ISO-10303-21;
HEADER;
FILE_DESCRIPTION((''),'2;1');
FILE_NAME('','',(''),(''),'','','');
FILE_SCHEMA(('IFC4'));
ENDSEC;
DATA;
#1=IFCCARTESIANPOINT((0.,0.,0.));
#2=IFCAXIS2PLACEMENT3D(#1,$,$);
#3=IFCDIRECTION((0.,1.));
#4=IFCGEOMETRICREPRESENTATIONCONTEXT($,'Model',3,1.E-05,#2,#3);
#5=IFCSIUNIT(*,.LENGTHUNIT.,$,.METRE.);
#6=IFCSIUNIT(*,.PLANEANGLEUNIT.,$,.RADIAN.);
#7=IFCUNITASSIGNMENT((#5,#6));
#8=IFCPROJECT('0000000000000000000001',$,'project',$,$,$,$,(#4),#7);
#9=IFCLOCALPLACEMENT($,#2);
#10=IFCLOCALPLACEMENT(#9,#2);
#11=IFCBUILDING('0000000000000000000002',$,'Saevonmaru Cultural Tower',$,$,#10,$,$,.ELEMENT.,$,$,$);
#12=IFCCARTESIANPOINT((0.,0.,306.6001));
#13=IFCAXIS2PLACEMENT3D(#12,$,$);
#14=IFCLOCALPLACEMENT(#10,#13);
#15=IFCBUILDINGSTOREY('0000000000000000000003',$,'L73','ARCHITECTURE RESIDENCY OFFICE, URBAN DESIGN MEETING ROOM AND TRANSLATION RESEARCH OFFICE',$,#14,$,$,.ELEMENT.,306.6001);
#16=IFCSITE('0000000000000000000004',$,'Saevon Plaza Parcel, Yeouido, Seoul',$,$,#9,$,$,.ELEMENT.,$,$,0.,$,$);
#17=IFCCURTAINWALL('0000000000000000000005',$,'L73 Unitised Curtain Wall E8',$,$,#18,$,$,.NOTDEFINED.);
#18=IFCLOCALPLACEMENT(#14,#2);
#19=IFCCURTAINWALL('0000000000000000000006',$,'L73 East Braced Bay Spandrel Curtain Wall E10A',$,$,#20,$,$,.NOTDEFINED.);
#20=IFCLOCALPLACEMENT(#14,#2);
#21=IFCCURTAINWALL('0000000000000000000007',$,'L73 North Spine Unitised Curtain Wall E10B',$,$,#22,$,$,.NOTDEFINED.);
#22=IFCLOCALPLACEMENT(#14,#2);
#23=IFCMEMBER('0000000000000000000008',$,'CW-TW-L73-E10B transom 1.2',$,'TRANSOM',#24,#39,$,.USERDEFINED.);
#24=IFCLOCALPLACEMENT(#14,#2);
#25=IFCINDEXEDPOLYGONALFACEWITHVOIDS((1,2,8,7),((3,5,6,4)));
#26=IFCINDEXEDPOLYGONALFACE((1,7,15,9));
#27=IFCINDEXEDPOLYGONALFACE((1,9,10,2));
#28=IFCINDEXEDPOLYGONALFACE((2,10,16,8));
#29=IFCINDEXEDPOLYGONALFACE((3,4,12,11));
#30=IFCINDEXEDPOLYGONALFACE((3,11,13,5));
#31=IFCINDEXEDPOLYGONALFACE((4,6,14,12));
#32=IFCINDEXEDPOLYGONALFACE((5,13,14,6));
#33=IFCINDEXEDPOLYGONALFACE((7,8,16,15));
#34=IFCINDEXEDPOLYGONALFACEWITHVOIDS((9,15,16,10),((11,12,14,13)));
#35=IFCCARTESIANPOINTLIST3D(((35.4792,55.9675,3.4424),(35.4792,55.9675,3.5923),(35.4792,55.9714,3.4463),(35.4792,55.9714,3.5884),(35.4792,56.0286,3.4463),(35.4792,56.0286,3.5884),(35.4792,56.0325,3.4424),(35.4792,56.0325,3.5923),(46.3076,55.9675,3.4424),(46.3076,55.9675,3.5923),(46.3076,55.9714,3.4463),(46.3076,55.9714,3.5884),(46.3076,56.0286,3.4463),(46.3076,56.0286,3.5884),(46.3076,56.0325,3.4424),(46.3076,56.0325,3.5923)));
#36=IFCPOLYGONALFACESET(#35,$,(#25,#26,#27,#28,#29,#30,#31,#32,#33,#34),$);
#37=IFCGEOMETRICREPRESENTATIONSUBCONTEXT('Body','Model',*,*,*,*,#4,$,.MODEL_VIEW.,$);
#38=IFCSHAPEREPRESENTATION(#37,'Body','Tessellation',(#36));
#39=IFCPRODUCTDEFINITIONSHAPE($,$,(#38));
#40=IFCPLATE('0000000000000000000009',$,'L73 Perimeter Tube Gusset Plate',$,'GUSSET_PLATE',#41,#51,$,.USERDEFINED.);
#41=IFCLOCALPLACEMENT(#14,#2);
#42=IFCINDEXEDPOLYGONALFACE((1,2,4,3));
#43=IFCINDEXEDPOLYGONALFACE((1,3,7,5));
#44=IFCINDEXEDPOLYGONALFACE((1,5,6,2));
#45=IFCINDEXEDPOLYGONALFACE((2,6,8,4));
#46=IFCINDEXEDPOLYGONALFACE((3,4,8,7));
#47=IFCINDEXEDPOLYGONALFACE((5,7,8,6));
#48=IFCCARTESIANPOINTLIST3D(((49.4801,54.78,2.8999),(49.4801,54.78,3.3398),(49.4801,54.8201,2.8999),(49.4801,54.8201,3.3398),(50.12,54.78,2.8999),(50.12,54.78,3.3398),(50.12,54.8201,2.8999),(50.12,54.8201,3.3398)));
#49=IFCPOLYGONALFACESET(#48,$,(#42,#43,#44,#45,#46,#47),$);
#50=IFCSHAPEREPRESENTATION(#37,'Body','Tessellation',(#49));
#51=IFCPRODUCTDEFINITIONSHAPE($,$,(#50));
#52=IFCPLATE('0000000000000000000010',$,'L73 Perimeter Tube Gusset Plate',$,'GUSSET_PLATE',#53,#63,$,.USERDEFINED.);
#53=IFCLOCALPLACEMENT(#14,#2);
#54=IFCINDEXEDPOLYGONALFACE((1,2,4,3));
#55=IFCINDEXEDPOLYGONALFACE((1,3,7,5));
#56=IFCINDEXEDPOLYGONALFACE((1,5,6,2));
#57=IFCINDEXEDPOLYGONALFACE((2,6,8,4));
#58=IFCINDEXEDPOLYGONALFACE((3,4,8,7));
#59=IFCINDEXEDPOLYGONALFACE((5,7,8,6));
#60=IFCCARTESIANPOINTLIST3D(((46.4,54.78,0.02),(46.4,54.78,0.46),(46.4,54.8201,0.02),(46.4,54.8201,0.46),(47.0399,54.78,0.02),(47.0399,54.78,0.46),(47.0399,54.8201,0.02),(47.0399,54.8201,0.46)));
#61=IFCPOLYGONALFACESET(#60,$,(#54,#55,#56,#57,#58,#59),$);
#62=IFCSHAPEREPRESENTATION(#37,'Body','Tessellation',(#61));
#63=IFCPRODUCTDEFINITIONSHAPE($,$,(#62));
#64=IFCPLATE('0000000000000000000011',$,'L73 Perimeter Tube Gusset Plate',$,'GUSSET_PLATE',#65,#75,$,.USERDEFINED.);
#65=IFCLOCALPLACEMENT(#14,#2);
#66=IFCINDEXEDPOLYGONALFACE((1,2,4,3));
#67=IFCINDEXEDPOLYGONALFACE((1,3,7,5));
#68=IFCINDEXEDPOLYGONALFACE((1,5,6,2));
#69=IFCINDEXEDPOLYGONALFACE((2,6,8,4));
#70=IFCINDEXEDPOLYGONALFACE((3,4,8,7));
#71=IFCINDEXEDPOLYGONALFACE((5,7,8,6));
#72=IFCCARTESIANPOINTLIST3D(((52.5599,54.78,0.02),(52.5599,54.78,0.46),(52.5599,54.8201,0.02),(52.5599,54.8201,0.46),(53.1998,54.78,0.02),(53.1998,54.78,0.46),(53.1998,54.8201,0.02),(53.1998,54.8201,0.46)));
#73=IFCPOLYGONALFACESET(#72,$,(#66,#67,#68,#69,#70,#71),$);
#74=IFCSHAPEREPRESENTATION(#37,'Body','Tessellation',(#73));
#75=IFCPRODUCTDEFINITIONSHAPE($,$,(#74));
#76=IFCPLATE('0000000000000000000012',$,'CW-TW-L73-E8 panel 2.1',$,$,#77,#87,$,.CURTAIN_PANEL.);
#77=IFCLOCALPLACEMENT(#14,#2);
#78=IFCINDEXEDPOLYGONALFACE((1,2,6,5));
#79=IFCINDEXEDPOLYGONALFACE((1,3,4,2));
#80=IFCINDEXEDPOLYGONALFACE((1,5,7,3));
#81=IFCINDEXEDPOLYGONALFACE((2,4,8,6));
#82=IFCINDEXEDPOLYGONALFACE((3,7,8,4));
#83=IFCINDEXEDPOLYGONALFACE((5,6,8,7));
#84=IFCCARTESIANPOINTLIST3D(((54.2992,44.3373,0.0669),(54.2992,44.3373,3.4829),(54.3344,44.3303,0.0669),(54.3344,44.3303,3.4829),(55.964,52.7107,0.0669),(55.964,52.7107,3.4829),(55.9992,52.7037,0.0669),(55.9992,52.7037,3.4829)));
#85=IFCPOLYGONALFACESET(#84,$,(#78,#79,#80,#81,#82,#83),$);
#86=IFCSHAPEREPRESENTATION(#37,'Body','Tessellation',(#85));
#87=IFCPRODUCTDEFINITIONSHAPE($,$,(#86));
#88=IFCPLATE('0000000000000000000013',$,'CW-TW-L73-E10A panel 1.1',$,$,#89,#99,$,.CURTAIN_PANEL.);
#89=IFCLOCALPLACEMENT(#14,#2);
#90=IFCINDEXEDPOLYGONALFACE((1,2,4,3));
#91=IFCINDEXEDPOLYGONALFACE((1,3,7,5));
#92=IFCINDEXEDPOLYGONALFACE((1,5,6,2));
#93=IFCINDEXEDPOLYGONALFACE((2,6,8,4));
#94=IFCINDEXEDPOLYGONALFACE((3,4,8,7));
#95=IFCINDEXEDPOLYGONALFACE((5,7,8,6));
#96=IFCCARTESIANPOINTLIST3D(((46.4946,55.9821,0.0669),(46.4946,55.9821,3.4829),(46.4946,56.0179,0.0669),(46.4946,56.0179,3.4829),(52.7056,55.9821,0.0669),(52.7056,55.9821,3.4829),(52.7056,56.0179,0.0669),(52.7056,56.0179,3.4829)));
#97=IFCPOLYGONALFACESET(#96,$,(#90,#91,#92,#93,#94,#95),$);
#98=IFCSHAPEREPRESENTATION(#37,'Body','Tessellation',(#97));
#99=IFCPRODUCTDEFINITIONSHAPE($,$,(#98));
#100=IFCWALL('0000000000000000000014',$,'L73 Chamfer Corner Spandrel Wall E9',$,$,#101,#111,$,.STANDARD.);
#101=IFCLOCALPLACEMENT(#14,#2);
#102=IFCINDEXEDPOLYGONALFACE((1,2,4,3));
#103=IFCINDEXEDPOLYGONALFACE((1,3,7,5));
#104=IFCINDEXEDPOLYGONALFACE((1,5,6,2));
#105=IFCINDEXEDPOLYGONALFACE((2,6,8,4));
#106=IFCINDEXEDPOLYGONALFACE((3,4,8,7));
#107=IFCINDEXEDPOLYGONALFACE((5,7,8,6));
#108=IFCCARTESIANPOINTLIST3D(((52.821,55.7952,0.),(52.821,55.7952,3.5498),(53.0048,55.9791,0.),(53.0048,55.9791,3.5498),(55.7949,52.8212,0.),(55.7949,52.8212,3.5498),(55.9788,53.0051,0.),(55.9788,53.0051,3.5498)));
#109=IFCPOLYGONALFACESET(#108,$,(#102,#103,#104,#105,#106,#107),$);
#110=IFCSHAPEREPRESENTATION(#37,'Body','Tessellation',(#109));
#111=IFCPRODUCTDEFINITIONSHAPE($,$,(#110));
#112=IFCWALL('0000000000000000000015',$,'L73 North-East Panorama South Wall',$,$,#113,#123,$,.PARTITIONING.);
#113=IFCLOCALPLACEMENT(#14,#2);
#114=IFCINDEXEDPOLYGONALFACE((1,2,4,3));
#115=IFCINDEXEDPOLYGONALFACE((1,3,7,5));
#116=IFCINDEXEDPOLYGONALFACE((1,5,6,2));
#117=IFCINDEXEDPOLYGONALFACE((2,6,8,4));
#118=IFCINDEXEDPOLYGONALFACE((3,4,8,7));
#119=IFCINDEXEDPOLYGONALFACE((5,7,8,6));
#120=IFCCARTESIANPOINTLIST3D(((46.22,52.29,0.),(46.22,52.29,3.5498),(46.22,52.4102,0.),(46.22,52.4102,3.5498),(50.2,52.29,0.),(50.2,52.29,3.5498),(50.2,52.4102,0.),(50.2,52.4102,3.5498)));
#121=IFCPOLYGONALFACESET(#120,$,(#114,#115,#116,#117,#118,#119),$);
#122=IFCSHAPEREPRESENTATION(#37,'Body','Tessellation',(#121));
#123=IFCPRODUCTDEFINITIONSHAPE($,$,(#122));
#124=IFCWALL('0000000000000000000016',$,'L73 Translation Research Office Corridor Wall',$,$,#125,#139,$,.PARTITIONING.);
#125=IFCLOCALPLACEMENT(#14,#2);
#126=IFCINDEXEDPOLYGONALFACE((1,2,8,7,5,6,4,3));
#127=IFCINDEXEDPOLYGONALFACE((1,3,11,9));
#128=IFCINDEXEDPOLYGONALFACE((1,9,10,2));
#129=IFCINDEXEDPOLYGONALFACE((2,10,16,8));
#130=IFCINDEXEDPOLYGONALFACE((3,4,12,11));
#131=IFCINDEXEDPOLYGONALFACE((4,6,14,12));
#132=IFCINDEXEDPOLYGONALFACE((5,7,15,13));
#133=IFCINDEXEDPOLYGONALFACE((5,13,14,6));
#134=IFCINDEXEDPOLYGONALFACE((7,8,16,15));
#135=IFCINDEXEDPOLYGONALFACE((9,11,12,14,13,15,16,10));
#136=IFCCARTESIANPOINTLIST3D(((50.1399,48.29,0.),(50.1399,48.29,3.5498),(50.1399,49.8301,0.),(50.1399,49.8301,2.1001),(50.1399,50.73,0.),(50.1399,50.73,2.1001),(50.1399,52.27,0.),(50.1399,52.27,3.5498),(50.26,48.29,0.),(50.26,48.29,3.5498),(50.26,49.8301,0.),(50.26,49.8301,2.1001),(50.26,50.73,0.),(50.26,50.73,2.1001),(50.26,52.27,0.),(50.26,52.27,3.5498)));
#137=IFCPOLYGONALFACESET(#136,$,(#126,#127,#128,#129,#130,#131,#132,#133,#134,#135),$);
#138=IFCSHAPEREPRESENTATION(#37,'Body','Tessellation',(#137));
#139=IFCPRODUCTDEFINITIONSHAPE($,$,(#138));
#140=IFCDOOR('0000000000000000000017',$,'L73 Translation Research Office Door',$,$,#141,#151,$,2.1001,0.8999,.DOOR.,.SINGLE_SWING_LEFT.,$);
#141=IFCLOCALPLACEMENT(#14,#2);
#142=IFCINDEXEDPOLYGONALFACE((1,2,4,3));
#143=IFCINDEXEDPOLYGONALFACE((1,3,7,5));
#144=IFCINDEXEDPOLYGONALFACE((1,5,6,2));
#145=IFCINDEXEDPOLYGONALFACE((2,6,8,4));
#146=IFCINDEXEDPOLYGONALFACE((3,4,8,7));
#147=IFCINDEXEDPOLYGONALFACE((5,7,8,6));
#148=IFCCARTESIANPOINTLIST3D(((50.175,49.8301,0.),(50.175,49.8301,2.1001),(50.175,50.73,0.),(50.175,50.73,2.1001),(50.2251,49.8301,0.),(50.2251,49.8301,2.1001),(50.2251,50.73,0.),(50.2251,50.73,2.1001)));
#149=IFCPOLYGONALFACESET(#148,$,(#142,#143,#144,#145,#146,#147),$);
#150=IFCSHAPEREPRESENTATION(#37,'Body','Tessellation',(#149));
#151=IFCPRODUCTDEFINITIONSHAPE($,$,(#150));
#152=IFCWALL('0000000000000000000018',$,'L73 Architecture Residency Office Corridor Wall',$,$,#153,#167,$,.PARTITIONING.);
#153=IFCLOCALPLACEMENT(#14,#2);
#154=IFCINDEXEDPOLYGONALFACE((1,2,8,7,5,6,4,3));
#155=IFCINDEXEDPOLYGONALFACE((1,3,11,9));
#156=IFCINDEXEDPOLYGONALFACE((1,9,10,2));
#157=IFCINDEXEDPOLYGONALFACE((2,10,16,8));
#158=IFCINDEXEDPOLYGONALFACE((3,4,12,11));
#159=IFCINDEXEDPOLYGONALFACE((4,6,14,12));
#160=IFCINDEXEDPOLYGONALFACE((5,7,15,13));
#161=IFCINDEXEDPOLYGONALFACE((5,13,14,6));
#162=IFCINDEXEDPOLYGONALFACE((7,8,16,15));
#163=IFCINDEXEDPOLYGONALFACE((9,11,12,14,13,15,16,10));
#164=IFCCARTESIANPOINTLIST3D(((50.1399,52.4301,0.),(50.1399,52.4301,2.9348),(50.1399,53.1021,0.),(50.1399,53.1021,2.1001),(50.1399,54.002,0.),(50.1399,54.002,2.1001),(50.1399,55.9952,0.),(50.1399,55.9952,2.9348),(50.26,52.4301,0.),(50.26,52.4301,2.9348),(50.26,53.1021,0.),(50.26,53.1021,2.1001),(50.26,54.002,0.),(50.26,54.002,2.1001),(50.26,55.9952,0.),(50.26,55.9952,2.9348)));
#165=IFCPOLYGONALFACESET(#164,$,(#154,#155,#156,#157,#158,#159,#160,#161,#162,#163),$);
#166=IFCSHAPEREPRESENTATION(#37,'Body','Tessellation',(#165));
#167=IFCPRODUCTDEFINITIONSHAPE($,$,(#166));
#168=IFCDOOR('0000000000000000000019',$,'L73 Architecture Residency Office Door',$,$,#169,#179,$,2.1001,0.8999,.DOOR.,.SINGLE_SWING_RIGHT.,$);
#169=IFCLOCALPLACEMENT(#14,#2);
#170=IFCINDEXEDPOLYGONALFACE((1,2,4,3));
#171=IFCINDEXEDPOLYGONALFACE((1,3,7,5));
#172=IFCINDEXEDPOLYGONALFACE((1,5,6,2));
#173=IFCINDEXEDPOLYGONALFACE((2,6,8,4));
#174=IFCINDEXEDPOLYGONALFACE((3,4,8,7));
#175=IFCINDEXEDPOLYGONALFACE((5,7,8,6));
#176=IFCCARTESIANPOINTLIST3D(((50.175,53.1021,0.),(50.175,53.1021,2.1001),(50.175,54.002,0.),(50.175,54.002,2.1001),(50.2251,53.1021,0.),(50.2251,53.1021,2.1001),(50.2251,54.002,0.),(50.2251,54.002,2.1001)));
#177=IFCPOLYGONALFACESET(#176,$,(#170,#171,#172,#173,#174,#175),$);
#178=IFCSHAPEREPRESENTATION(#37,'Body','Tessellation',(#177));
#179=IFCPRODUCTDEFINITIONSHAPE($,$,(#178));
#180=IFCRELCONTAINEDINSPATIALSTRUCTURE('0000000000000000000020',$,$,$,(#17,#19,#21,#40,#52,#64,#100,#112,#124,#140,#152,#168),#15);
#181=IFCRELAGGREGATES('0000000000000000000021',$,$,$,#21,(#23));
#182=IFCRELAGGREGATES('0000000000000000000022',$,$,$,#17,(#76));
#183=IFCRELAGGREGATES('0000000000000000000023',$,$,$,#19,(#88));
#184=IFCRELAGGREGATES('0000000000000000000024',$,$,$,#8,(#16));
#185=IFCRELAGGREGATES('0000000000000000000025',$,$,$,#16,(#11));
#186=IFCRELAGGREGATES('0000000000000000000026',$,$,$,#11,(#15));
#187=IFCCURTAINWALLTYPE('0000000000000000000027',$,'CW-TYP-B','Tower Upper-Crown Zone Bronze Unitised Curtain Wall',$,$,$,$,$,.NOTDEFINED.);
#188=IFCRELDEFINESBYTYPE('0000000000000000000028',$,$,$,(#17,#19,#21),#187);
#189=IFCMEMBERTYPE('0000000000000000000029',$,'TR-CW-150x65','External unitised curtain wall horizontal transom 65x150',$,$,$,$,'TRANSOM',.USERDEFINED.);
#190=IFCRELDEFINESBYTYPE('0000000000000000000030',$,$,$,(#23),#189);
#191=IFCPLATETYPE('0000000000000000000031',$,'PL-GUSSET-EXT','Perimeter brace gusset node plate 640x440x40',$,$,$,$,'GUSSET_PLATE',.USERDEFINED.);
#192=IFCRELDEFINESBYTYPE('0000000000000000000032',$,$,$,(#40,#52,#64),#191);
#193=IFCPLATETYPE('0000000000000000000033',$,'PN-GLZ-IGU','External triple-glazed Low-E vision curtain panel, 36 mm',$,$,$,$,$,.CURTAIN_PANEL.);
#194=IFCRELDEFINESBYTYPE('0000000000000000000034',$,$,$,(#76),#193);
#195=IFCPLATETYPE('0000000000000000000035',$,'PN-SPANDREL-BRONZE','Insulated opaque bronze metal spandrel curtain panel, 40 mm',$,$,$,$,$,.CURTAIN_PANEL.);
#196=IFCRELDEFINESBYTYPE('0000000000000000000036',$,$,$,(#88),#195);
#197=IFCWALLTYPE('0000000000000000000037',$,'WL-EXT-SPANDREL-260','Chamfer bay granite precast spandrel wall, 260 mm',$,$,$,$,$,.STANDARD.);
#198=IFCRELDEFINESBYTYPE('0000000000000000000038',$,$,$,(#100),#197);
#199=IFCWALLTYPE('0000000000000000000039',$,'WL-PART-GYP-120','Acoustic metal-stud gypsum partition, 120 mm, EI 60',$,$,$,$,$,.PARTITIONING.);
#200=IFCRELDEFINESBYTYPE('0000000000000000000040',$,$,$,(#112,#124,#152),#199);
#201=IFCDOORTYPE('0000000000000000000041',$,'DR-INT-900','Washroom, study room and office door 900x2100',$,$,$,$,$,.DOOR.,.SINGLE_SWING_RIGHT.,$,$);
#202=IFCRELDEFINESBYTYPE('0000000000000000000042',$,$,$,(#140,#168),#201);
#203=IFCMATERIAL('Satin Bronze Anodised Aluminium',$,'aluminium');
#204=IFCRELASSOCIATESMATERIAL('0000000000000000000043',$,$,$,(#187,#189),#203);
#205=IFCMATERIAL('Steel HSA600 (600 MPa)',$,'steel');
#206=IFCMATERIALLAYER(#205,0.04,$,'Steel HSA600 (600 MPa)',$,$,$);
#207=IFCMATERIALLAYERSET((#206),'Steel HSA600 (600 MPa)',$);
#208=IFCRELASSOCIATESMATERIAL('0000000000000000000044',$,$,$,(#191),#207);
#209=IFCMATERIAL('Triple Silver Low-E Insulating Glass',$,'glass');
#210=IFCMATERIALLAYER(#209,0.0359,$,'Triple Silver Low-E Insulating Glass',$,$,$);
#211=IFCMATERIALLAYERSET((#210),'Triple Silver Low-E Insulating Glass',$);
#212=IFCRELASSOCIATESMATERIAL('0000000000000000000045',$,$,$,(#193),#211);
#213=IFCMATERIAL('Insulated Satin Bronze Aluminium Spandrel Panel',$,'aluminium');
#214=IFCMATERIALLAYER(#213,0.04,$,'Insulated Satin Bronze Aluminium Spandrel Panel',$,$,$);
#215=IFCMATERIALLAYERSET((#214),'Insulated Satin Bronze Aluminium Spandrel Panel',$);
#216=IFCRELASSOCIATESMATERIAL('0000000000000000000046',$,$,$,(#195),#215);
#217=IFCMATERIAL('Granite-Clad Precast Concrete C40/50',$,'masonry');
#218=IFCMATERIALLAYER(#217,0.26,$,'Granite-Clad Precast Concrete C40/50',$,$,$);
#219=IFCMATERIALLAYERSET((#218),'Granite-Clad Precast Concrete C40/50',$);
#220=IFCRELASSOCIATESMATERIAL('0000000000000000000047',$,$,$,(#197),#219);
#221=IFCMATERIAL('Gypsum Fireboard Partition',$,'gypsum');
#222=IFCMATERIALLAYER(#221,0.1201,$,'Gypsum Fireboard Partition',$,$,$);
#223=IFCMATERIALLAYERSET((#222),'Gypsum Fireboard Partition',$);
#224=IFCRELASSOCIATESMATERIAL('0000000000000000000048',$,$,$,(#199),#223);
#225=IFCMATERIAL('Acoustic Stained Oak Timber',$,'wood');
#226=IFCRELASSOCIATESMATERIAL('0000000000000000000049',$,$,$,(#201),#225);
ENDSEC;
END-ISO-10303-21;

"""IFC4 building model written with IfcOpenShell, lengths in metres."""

from ifc_helpers import new_model, si_unit, direction, frame, frame_2d, origin, origin_2d, place, context, subcontext, project, spatial, rectangle, hollow_rectangle, extrude, material, layer, layer_set, material_profile, profile_set, type_object, element, fill, aggregate, save


model = new_model("IFC4")

# Units and contexts
model_context = context("Model", 3, precision=1e-05, world=origin(), true_north=direction((0.0, 1.0)))
body_context = subcontext(model_context, "Body", "Model", "MODEL_VIEW")
ifc_project = project(units=[si_unit("LENGTHUNIT", "METRE"), si_unit("PLANEANGLEUNIT", "RADIAN")], contexts=[model_context])

# Site, building, storey
site_placement = place(None, origin())
site = spatial("IfcSite", under=ifc_project, at=site_placement, Name="Saevon Plaza Parcel, Yeouido, Seoul", CompositionType="ELEMENT", RefElevation=0.0)
building_placement = place(site_placement, origin())
building = spatial("IfcBuilding", under=site, at=building_placement, Name="Saevonmaru Cultural Tower", CompositionType="ELEMENT")
storey_placement = place(building_placement, frame((0.0, 0.0, 306.6001)))
storey = spatial("IfcBuildingStorey", under=building, at=storey_placement, Name="L73", Description="ARCHITECTURE RESIDENCY OFFICE, URBAN DESIGN MEETING ROOM AND TRANSLATION RESEARCH OFFICE", CompositionType="ELEMENT", Elevation=306.6001)

# Curtain wall
ifc_material_1 = material(Name="Satin Bronze Anodised Aluminium", Category="aluminium")
curtain_wall_type = type_object("IfcCurtainWallType", Name="CW-TYP-B", Description="Tower Upper-Crown Zone Bronze Unitised Curtain Wall", PredefinedType="NOTDEFINED", material=ifc_material_1)
curtain_wall_1_placement = place(storey_placement, origin())
curtain_wall_1 = element("IfcCurtainWall", 1, at=curtain_wall_1_placement, inside=storey, type_object=curtain_wall_type, Name="L73 Unitised Curtain Wall E8", PredefinedType="NOTDEFINED")

# Curtain wall
curtain_wall_2_placement = place(storey_placement, origin())
curtain_wall_2 = element("IfcCurtainWall", 2, at=curtain_wall_2_placement, inside=storey, type_object=curtain_wall_type, Name="L73 East Braced Bay Spandrel Curtain Wall E10A", PredefinedType="NOTDEFINED")

# Curtain wall
curtain_wall_3_placement = place(storey_placement, origin())
curtain_wall_3 = element("IfcCurtainWall", 3, at=curtain_wall_3_placement, inside=storey, type_object=curtain_wall_type, Name="L73 North Spine Unitised Curtain Wall E10B", PredefinedType="NOTDEFINED")

# Member
ifc_material_profile_1 = material_profile(ifc_material_1, hollow_rectangle(XDim=0.0649, YDim=0.1499, WallThickness=0.0039, at=origin_2d()), Name="ALU-TRAN-150x65x4")
ifc_profile_set_1 = profile_set([ifc_material_profile_1], Name="Satin Bronze Anodised Aluminium")
member_type_1 = type_object("IfcMemberType", Name="TR-CW-150x65", Description="External unitised curtain wall horizontal transom 65x150", ElementType="TRANSOM", PredefinedType="USERDEFINED", material=ifc_profile_set_1)
member_1_placement = place(storey_placement, frame((46.3076, 56.0, 3.5173), z_axis=(-1.0, 0.0, 0.0), x_axis=(0.0, -1.0, 0.0)))
member_1 = element("IfcMember", 4, at=member_1_placement, type_object=member_type_1, Name="CW-TW-L73-E10B transom 1.2", ObjectType="TRANSOM", PredefinedType="USERDEFINED", context=body_context, shape_type="SweptSolid", body=[
    extrude(hollow_rectangle(XDim=0.0649, YDim=0.1499, WallThickness=0.0039, at=origin_2d()), origin(), (0.0, 0.0, 1.0), 10.8284),
])
aggregate(curtain_wall_3, [member_1])

# Plates
ifc_material_2 = material(Name="Steel HSA600 (600 MPa)", Category="steel")
ifc_layer_1 = layer(ifc_material_2, 0.04, Name="Steel HSA600 (600 MPa)")
ifc_layer_set_1 = layer_set([ifc_layer_1], Name="Steel HSA600 (600 MPa)")
plate_type_1 = type_object("IfcPlateType", Name="PL-GUSSET-EXT", Description="Perimeter brace gusset node plate 640x440x40", ElementType="GUSSET_PLATE", PredefinedType="USERDEFINED", material=ifc_layer_set_1)
for number, where, z_axis, x_axis, name in (
    (5, (49.8, 54.8, 2.8999), (0.0, 0.0, 1.0), (1.0, 0.0, 0.0), "L73 Perimeter Tube Gusset Plate"),
    (6, (46.72, 54.8, 0.02), (0.0, 0.0, 1.0), (1.0, 0.0, 0.0), "L73 Perimeter Tube Gusset Plate"),
    (7, (52.8799, 54.8, 0.02), (0.0, 0.0, 1.0), (1.0, 0.0, 0.0), "L73 Perimeter Tube Gusset Plate"),
):
    element("IfcPlate", number, at=place(storey_placement, frame(where, z_axis=z_axis, x_axis=x_axis)), inside=storey, type_object=plate_type_1, Name=name, ObjectType="GUSSET_PLATE", PredefinedType="USERDEFINED", context=body_context, shape_type="SweptSolid", body=[
        extrude(rectangle(XDim=0.6399, YDim=0.04, at=origin_2d()), origin(), (0.0, 0.0, 1.0), 0.4399),
    ])

# Plates
ifc_material_3 = material(Name="Triple Silver Low-E Insulating Glass", Category="glass")
ifc_layer_2 = layer(ifc_material_3, 0.0359, Name="Triple Silver Low-E Insulating Glass")
ifc_layer_set_2 = layer_set([ifc_layer_2], Name="Triple Silver Low-E Insulating Glass")
plate_type_2 = type_object("IfcPlateType", Name="PN-GLZ-IGU", Description="External triple-glazed Low-E vision curtain panel, 36 mm", PredefinedType="CURTAIN_PANEL", material=ifc_layer_set_2)
plate_1_placement = place(storey_placement, frame((55.1492, 48.5205, 0.0669), z_axis=(0.0, 0.0, 1.0), x_axis=(0.195005, 0.980802, 0.0)))
plate_1 = element("IfcPlate", 8, at=plate_1_placement, type_object=plate_type_2, Name="CW-TW-L73-E8 panel 2.1", PredefinedType="CURTAIN_PANEL", context=body_context, shape_type="SweptSolid", body=[
    extrude(rectangle(XDim=8.5374, YDim=0.0359, at=origin_2d()), origin(), (0.0, 0.0, 1.0), 3.416),
])
aggregate(curtain_wall_1, [plate_1])
ifc_material_4 = material(Name="Insulated Satin Bronze Aluminium Spandrel Panel", Category="aluminium")
ifc_layer_3 = layer(ifc_material_4, 0.04, Name="Insulated Satin Bronze Aluminium Spandrel Panel")
ifc_layer_set_3 = layer_set([ifc_layer_3], Name="Insulated Satin Bronze Aluminium Spandrel Panel")
plate_type_3 = type_object("IfcPlateType", Name="PN-SPANDREL-BRONZE", Description="Insulated opaque bronze metal spandrel curtain panel, 40 mm", PredefinedType="CURTAIN_PANEL", material=ifc_layer_set_3)
plate_2_placement = place(storey_placement, frame((49.6001, 56.0, 0.0669), z_axis=(0.0, 0.0, 1.0), x_axis=(-1.0, 0.0, 0.0)))
plate_2 = element("IfcPlate", 9, at=plate_2_placement, type_object=plate_type_3, Name="CW-TW-L73-E10A panel 1.1", PredefinedType="CURTAIN_PANEL", context=body_context, shape_type="SweptSolid", body=[
    extrude(rectangle(XDim=6.2109, YDim=0.0359, at=origin_2d()), origin(), (0.0, 0.0, 1.0), 3.416),
])
aggregate(curtain_wall_2, [plate_2])

# Walls
ifc_material_5 = material(Name="Granite-Clad Precast Concrete C40/50", Category="masonry")
ifc_layer_4 = layer(ifc_material_5, 0.26, Name="Granite-Clad Precast Concrete C40/50")
ifc_layer_set_4 = layer_set([ifc_layer_4], Name="Granite-Clad Precast Concrete C40/50")
wall_type_1 = type_object("IfcWallType", Name="WL-EXT-SPANDREL-260", Description="Chamfer bay granite precast spandrel wall, 260 mm", PredefinedType="STANDARD", material=ifc_layer_set_4)
wall_1_placement = place(storey_placement, frame((55.887, 52.9131, 0.0), z_axis=(0.0, 0.0, 1.0), x_axis=(-0.707107, 0.707107, 0.0)))
element("IfcWall", 10, at=wall_1_placement, inside=storey, type_object=wall_type_1, Name="L73 Chamfer Corner Spandrel Wall E9", PredefinedType="STANDARD", context=body_context, shape_type="SweptSolid", body=[
    extrude(rectangle(XDim=4.2058, YDim=0.26, at=frame_2d((2.103, 0.0))), origin(), (0.0, 0.0, 1.0), 3.5498),
])
ifc_material_6 = material(Name="Gypsum Fireboard Partition", Category="gypsum")
ifc_layer_5 = layer(ifc_material_6, 0.1201, Name="Gypsum Fireboard Partition")
ifc_layer_set_5 = layer_set([ifc_layer_5], Name="Gypsum Fireboard Partition")
wall_type_2 = type_object("IfcWallType", Name="WL-PART-GYP-120", Description="Acoustic metal-stud gypsum partition, 120 mm, EI 60", PredefinedType="PARTITIONING", material=ifc_layer_set_5)
wall_2_placement = place(storey_placement, frame((46.22, 52.3501, 0.0), z_axis=(0.0, 0.0, 1.0), x_axis=(1.0, 0.0, 0.0)))
element("IfcWall", 11, at=wall_2_placement, inside=storey, type_object=wall_type_2, Name="L73 North-East Panorama South Wall", PredefinedType="PARTITIONING", context=body_context, shape_type="SweptSolid", body=[
    extrude(rectangle(XDim=3.98, YDim=0.1201, at=frame_2d((1.99, 0.0))), origin(), (0.0, 0.0, 1.0), 3.5498),
])

# Walls, openings, doors
wall_3_placement = place(storey_placement, frame((50.2, 48.29, 0.0), z_axis=(0.0, 0.0, 1.0), x_axis=(0.0, 1.0, 0.0)))
wall_3 = element("IfcWall", 12, at=wall_3_placement, inside=storey, type_object=wall_type_2, Name="L73 Translation Research Office Corridor Wall", PredefinedType="PARTITIONING", context=body_context, shape_type="SweptSolid", body=[
    extrude(rectangle(XDim=3.98, YDim=0.1201, at=frame_2d((1.99, 0.0))), origin(), (0.0, 0.0, 1.0), 3.5498),
])
opening_1_placement = place(wall_3_placement, frame((1.54, 0.0, 0.0)))
opening_1 = element("IfcOpeningElement", 13, at=opening_1_placement, cuts=wall_3, PredefinedType="OPENING", context=body_context, shape_type="SweptSolid", body=[
    extrude(rectangle(XDim=0.8999, YDim=2.1001, at=frame_2d((0.45, 1.05))), frame((0.0, 0.0701, 0.0), z_axis=(0.0, -1.0, 0.0), x_axis=(1.0, 0.0, 0.0)), (0.0, 0.0, 1.0), 0.1401),
])
ifc_material_7 = material(Name="Acoustic Stained Oak Timber", Category="wood")
door_type_1 = type_object("IfcDoorType", Name="DR-INT-900", Description="Washroom, study room and office door 900x2100", OperationType="SINGLE_SWING_RIGHT", PredefinedType="DOOR", material=ifc_material_7)
door_1_placement = place(opening_1_placement, origin())
door_1 = element("IfcDoor", 14, at=door_1_placement, inside=storey, type_object=door_type_1, Name="L73 Translation Research Office Door", OperationType="SINGLE_SWING_LEFT", OverallHeight=2.1001, OverallWidth=0.8999, PredefinedType="DOOR", context=body_context, shape_type="SweptSolid", body=[
    extrude(rectangle(XDim=0.8999, YDim=2.1001, at=frame_2d((0.45, 1.05))), frame((0.0, 0.0249, 0.0), z_axis=(0.0, -1.0, 0.0), x_axis=(1.0, 0.0, 0.0)), (0.0, 0.0, 1.0), 0.05),
])
fill(opening_1, door_1)
wall_4_placement = place(storey_placement, frame((50.2, 52.4299, 0.0), z_axis=(0.0, 0.0, 1.0), x_axis=(0.0, 1.0, 0.0)))
wall_4 = element("IfcWall", 15, at=wall_4_placement, inside=storey, type_object=wall_type_2, Name="L73 Architecture Residency Office Corridor Wall", PredefinedType="PARTITIONING", context=body_context, shape_type="SweptSolid", body=[
    extrude(rectangle(XDim=3.5652, YDim=0.1201, at=frame_2d((1.7827, 0.0))), origin(), (0.0, 0.0, 1.0), 2.9348),
])
opening_2_placement = place(wall_4_placement, frame((0.6721, 0.0, 0.0)))
opening_2 = element("IfcOpeningElement", 16, at=opening_2_placement, cuts=wall_4, PredefinedType="OPENING", context=body_context, shape_type="SweptSolid", body=[
    extrude(rectangle(XDim=0.8999, YDim=2.1001, at=frame_2d((0.45, 1.05))), frame((0.0, 0.0701, 0.0), z_axis=(0.0, -1.0, 0.0), x_axis=(1.0, 0.0, 0.0)), (0.0, 0.0, 1.0), 0.1401),
])
door_2_placement = place(opening_2_placement, origin())
door_2 = element("IfcDoor", 17, at=door_2_placement, inside=storey, type_object=door_type_1, Name="L73 Architecture Residency Office Door", OperationType="SINGLE_SWING_RIGHT", OverallHeight=2.1001, OverallWidth=0.8999, PredefinedType="DOOR", context=body_context, shape_type="SweptSolid", body=[
    extrude(rectangle(XDim=0.8999, YDim=2.1001, at=frame_2d((0.45, 1.05))), frame((0.0, 0.0249, 0.0), z_axis=(0.0, -1.0, 0.0), x_axis=(1.0, 0.0, 0.0)), (0.0, 0.0, 1.0), 0.05),
])
fill(opening_2, door_2)

save(model, "model.ifc")
